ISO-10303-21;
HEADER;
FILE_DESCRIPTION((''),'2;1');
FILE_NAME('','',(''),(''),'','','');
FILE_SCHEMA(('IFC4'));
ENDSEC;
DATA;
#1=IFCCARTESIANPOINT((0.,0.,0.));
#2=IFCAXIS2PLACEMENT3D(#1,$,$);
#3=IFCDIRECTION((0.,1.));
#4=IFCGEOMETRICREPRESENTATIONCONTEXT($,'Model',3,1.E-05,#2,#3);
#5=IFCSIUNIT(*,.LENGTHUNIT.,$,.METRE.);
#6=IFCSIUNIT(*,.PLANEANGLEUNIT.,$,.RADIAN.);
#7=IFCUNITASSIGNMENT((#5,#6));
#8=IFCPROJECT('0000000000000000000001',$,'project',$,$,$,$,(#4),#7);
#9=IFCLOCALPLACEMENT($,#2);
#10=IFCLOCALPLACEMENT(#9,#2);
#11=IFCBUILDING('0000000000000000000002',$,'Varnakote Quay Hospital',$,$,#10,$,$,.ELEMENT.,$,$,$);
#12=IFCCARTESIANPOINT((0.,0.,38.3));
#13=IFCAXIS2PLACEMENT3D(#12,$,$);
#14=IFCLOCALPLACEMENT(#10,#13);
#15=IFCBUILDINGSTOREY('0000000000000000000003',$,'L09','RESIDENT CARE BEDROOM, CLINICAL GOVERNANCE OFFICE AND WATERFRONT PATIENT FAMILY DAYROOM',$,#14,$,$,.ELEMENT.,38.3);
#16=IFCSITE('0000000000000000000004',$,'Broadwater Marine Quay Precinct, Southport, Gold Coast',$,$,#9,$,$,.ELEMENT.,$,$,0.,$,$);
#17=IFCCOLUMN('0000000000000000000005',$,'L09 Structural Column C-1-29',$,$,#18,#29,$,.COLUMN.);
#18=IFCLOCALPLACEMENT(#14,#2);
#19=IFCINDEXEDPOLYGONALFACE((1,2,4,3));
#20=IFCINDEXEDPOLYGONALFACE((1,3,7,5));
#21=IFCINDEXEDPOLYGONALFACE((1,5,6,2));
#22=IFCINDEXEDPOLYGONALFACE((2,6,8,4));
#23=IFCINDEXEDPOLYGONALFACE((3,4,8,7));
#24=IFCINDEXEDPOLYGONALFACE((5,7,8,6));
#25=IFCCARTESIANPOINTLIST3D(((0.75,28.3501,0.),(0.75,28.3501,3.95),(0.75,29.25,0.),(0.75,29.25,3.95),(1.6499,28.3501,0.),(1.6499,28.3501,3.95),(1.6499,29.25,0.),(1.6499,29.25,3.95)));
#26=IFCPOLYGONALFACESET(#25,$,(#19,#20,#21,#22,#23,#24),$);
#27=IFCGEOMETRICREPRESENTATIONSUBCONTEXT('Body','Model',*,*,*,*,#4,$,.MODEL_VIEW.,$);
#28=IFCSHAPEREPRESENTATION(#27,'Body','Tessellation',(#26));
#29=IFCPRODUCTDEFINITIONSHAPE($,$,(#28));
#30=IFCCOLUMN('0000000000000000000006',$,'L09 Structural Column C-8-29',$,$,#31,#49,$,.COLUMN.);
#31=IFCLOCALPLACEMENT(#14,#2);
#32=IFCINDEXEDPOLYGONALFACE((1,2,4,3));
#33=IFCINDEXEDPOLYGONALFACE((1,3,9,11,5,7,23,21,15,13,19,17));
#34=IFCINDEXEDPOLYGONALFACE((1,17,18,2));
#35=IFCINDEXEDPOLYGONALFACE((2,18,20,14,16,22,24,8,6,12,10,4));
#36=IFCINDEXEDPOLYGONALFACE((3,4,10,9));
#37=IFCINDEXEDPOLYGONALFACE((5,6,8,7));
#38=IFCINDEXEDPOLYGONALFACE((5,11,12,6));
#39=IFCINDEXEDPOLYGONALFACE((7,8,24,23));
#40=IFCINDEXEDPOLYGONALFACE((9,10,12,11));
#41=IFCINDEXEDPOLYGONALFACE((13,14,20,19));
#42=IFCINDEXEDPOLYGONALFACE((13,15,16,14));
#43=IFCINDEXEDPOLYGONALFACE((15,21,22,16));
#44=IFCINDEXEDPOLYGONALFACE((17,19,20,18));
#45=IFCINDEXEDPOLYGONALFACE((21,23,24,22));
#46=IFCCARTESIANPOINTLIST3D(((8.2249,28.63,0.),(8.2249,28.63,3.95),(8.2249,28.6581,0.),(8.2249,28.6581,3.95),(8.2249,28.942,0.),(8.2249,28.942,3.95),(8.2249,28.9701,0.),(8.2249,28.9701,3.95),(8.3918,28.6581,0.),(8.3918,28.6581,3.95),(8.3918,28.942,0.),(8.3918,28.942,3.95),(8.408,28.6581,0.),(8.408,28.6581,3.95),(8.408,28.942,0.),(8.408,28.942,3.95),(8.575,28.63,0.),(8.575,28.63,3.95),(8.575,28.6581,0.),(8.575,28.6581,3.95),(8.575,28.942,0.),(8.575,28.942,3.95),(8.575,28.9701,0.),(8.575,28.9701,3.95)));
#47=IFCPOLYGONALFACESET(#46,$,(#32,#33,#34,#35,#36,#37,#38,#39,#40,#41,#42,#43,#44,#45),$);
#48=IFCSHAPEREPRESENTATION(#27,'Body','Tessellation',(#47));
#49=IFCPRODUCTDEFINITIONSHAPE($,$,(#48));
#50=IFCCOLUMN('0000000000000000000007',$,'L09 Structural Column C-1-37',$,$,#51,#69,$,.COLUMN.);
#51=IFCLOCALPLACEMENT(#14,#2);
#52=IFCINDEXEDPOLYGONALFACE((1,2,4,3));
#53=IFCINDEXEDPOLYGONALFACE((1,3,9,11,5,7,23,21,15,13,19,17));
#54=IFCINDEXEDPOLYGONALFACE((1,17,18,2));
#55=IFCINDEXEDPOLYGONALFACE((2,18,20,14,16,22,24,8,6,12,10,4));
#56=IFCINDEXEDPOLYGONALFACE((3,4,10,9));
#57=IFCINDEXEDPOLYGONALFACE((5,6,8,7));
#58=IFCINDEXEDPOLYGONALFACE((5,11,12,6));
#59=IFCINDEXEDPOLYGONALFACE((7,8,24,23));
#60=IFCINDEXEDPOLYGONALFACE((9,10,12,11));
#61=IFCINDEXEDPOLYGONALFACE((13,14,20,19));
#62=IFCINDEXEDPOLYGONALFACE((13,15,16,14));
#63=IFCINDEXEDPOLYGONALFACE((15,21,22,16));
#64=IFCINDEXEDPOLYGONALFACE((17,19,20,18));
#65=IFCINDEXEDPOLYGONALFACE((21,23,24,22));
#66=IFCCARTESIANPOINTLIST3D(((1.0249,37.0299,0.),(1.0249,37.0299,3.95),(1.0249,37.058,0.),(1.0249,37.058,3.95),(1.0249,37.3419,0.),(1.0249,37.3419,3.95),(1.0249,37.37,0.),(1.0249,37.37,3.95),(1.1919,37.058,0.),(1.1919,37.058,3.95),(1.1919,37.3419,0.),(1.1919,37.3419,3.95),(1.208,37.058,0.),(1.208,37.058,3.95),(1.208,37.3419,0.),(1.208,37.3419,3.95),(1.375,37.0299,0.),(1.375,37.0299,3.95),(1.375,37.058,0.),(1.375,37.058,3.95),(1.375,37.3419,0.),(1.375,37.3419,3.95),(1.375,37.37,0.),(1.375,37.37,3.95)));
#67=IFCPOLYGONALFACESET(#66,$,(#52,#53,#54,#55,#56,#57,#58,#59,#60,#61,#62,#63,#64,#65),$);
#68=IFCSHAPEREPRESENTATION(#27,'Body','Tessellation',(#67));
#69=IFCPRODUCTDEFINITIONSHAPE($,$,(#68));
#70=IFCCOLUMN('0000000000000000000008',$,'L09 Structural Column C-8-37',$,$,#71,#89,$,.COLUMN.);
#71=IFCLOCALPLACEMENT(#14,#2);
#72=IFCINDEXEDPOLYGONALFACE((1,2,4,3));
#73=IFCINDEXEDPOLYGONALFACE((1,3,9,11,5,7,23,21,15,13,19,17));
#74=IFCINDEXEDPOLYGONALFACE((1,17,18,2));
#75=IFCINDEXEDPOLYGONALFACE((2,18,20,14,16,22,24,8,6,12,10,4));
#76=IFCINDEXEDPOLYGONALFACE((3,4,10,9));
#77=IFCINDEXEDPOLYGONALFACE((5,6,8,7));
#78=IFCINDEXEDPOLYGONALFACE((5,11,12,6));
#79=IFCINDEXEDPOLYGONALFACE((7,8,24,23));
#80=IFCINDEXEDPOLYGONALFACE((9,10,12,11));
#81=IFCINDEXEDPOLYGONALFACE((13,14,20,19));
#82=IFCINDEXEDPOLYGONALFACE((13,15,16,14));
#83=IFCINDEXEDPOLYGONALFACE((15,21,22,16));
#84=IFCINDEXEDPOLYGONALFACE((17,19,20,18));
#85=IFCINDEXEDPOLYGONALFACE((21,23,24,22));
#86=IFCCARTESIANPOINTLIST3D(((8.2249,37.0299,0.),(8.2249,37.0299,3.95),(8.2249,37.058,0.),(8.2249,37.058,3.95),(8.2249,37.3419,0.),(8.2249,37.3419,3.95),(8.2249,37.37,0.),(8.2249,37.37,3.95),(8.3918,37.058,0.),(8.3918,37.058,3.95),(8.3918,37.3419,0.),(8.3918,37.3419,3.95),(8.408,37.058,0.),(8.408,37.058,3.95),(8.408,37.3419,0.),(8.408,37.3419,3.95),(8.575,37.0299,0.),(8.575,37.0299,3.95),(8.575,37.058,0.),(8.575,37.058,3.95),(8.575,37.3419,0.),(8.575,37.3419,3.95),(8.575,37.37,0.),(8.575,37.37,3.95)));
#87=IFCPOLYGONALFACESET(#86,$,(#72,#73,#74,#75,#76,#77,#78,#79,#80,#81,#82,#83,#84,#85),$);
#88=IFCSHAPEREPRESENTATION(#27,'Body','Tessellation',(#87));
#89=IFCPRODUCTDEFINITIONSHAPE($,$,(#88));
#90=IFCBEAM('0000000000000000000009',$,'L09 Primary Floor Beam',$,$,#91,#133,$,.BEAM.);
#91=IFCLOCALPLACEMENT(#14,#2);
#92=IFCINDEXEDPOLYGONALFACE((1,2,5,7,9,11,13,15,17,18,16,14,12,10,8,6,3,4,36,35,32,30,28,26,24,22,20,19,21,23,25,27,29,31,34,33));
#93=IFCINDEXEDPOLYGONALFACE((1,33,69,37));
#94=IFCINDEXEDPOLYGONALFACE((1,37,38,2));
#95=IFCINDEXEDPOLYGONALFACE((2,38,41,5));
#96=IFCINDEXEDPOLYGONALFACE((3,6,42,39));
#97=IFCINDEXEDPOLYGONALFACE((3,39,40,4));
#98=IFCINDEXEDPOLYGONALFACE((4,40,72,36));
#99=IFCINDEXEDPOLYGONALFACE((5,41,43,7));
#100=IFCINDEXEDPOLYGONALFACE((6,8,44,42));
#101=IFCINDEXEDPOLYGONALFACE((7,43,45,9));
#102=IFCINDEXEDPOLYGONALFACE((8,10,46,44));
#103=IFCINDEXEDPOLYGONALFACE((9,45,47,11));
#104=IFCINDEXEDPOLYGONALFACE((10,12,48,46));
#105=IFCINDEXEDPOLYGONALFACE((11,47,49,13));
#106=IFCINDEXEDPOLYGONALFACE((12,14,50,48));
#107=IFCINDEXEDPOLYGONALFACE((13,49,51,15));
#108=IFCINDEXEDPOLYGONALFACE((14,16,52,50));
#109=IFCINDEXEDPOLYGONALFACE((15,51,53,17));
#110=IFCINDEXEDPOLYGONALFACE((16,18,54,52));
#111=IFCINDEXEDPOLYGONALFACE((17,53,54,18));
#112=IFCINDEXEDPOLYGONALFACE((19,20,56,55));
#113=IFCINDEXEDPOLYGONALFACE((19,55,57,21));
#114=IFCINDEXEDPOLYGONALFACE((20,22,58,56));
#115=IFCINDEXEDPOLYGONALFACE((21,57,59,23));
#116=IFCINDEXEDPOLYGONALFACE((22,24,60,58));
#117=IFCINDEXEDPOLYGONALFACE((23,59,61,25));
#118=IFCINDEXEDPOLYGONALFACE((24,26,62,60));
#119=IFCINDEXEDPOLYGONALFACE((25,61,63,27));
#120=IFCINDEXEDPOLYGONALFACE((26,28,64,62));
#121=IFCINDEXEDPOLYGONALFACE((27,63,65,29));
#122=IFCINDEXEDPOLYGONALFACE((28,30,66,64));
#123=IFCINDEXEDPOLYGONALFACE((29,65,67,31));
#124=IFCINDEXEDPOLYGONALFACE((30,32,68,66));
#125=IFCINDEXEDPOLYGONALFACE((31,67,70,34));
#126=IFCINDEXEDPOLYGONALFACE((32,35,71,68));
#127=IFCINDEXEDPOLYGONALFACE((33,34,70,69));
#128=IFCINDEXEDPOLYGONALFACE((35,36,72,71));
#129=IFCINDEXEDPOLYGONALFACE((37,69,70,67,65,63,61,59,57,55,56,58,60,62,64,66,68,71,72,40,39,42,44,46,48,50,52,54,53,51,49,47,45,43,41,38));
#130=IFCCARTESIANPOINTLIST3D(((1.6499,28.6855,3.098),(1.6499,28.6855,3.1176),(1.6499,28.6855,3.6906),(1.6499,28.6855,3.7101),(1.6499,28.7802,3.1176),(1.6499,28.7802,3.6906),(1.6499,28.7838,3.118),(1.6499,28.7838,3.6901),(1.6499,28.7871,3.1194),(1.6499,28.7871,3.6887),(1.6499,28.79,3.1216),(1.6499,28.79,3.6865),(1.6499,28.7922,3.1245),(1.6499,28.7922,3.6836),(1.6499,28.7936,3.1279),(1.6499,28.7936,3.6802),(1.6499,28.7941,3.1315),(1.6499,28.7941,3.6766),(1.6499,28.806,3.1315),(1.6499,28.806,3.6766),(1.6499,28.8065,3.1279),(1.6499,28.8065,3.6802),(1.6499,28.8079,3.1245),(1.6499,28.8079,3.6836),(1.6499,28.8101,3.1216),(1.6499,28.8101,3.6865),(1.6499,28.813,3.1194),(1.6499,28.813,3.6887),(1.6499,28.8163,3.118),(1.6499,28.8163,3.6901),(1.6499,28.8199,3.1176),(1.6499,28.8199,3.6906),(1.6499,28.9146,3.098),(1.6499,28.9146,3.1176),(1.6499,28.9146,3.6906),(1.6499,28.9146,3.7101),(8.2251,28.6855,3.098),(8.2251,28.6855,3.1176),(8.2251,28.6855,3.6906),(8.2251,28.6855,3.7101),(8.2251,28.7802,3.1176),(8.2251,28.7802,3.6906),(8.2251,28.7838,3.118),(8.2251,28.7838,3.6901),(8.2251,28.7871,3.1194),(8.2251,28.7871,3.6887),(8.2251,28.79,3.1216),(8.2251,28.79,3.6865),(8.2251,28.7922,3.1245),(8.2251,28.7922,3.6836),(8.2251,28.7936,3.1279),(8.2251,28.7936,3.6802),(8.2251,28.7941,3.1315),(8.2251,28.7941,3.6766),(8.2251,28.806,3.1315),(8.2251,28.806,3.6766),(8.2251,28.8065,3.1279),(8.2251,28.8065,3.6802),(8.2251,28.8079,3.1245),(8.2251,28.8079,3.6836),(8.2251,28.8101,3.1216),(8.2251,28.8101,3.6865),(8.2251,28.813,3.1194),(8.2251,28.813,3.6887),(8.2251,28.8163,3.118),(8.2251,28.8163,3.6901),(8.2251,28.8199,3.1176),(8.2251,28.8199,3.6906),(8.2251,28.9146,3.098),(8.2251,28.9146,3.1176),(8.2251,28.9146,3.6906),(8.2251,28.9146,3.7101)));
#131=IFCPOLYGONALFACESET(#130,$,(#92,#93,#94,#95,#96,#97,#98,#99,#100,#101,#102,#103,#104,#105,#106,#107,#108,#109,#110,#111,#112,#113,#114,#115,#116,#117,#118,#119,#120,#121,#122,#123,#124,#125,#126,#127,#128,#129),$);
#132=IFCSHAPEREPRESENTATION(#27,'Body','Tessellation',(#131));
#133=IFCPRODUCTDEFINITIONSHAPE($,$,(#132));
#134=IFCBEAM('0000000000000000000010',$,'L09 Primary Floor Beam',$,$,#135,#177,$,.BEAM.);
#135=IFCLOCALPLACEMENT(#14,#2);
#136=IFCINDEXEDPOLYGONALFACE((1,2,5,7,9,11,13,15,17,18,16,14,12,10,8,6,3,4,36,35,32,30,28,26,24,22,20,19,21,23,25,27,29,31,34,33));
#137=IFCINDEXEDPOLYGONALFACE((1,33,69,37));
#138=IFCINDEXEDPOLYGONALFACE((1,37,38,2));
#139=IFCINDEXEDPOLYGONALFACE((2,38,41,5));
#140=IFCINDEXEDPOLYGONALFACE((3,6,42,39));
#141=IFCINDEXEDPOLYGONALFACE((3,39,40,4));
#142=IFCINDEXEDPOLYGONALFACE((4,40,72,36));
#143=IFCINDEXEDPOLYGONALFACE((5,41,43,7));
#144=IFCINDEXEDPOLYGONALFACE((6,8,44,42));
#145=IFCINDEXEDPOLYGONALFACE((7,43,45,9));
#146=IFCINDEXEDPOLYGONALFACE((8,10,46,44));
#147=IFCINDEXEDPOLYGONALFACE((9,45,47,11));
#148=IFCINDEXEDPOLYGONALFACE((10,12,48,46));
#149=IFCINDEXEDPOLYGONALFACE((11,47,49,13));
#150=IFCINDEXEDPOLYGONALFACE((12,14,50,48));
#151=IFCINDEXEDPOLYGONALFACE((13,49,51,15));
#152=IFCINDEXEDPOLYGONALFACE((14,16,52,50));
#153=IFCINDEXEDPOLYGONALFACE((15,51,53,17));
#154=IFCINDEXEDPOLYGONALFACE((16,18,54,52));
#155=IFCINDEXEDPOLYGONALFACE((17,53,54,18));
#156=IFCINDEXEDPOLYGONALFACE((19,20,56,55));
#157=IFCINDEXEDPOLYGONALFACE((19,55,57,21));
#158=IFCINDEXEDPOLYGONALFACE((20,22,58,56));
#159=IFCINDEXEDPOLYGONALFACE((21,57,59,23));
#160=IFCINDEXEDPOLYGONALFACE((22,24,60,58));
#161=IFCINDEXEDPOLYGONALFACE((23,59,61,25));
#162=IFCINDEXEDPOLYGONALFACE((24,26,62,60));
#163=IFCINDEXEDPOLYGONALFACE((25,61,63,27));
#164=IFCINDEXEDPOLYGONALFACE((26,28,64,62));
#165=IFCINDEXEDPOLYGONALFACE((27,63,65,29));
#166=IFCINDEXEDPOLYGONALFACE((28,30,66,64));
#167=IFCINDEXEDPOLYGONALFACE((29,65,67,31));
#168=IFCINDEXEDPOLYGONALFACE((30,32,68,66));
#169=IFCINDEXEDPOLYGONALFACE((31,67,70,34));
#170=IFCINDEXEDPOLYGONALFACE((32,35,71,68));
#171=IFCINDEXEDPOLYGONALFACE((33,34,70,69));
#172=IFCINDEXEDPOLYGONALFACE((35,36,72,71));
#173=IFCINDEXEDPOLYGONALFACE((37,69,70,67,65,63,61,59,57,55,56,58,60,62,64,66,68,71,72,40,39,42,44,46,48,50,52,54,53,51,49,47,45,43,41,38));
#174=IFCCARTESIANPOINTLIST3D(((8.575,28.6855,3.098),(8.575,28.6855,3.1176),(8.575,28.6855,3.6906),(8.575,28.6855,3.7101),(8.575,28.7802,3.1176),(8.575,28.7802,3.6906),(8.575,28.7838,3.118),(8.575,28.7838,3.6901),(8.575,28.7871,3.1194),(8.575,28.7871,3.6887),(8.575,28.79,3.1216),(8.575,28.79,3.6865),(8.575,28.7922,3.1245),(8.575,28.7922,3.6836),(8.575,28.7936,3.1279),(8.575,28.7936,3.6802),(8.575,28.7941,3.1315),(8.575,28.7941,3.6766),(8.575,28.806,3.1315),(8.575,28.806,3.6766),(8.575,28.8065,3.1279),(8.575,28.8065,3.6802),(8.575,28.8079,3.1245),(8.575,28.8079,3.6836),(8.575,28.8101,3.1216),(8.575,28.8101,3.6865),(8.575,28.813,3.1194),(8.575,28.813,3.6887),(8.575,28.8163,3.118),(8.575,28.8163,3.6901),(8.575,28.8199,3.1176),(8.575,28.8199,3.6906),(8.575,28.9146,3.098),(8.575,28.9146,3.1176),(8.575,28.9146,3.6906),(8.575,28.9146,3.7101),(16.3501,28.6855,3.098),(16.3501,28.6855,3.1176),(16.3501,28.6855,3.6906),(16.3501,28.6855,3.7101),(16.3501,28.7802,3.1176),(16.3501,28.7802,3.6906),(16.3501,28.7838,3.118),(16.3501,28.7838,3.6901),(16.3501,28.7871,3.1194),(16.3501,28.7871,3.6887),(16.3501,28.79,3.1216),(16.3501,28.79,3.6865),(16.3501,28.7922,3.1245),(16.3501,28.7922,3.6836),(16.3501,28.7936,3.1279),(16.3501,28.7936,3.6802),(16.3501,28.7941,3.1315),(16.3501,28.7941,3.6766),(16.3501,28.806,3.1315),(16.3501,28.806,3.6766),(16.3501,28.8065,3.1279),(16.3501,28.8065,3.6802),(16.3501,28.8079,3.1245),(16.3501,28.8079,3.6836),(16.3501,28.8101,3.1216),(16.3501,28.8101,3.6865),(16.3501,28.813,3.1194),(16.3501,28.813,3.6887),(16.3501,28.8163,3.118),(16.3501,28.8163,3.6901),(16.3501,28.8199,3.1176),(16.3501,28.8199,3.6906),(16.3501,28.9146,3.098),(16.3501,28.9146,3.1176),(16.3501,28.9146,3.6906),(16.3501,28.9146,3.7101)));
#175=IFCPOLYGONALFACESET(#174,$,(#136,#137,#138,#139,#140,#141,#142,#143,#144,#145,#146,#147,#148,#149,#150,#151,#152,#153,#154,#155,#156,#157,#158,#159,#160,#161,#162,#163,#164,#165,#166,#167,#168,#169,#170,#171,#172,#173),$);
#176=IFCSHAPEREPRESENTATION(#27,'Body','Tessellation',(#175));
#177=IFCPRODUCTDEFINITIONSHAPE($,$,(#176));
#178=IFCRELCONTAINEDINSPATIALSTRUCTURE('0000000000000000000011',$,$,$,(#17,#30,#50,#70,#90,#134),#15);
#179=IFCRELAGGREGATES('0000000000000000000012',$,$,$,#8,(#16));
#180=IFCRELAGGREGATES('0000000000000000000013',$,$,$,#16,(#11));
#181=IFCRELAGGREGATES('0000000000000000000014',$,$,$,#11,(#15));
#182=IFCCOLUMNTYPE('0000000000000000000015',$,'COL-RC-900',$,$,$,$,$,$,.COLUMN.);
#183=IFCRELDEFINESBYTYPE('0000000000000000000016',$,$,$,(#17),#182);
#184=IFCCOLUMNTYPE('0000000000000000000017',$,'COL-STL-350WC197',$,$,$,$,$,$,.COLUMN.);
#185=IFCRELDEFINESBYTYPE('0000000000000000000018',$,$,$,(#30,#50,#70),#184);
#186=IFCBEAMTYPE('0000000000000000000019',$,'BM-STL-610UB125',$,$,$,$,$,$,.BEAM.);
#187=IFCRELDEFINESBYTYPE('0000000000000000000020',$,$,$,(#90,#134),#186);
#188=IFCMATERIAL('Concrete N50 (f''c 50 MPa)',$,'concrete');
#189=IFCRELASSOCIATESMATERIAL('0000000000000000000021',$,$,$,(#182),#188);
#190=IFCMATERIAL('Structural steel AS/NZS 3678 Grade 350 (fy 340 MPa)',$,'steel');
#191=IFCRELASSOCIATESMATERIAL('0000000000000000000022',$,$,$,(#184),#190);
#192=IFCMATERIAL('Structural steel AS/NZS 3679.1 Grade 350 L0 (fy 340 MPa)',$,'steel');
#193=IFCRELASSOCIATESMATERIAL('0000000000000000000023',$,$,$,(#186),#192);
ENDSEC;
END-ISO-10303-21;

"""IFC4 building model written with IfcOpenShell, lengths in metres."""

from ifc_helpers import new_model, si_unit, direction, frame, origin, origin_2d, place, context, subcontext, project, spatial, rectangle, i_section, extrude, material, material_profile, profile_set, type_object, element, save


model = new_model("IFC4")

# Units and contexts
model_context = context("Model", 3, precision=1e-05, world=origin(), true_north=direction((0.0, 1.0)))
body_context = subcontext(model_context, "Body", "Model", "MODEL_VIEW")
ifc_project = project(units=[si_unit("LENGTHUNIT", "METRE"), si_unit("PLANEANGLEUNIT", "RADIAN")], contexts=[model_context])

# Site, building, storey
site_placement = place(None, origin())
site = spatial("IfcSite", under=ifc_project, at=site_placement, Name="Broadwater Marine Quay Precinct, Southport, Gold Coast", CompositionType="ELEMENT", RefElevation=0.0)
building_placement = place(site_placement, origin())
building = spatial("IfcBuilding", under=site, at=building_placement, Name="Varnakote Quay Hospital", CompositionType="ELEMENT")
storey_placement = place(building_placement, frame((0.0, 0.0, 38.3)))
storey = spatial("IfcBuildingStorey", under=building, at=storey_placement, Name="L09", Description="RESIDENT CARE BEDROOM, CLINICAL GOVERNANCE OFFICE AND WATERFRONT PATIENT FAMILY DAYROOM", CompositionType="ELEMENT", Elevation=38.3)

# Columns
ifc_material_1 = material(Name="Concrete N50 (f'c 50 MPa)", Category="concrete")
ifc_material_profile_1 = material_profile(ifc_material_1, rectangle(XDim=0.8999, YDim=0.8999, at=origin_2d()), Name="RC-COL-900x900")
ifc_profile_set_1 = profile_set([ifc_material_profile_1], Name="Concrete N50 (f'c 50 MPa)")
column_type_1 = type_object("IfcColumnType", Name="COL-RC-900", PredefinedType="COLUMN", material=ifc_profile_set_1)
column_placement = place(storey_placement, frame((1.2, 28.8, 0.0), z_axis=(0.0, 0.0, 1.0), x_axis=(1.0, 0.0, 0.0)))
element("IfcColumn", 1, at=column_placement, inside=storey, type_object=column_type_1, Name="L09 Structural Column C-1-29", PredefinedType="COLUMN", context=body_context, shape_type="SweptSolid", body=[
    extrude(rectangle(XDim=0.8999, YDim=0.8999, at=origin_2d()), origin(), (0.0, 0.0, 1.0), 3.95),
])
ifc_material_2 = material(Name="Structural steel AS/NZS 3678 Grade 350 (fy 340 MPa)", Category="steel")
ifc_material_profile_2 = material_profile(ifc_material_2, i_section(OverallWidth=0.3501, OverallDepth=0.3401, WebThickness=0.0161, FlangeThickness=0.0281, at=origin_2d()), Name="350WC197")
ifc_profile_set_2 = profile_set([ifc_material_profile_2], Name="Structural steel AS/NZS 3678 Grade 350 (fy 340 MPa)")
column_type_2 = type_object("IfcColumnType", Name="COL-STL-350WC197", PredefinedType="COLUMN", material=ifc_profile_set_2)
for number, where, z_axis, x_axis, name in (
    (2, (8.3999, 28.8, 0.0), (0.0, 0.0, 1.0), (1.0, 0.0, 0.0), "L09 Structural Column C-8-29"),
    (3, (1.2, 37.2, 0.0), (0.0, 0.0, 1.0), (1.0, 0.0, 0.0), "L09 Structural Column C-1-37"),
    (4, (8.3999, 37.2, 0.0), (0.0, 0.0, 1.0), (1.0, 0.0, 0.0), "L09 Structural Column C-8-37"),
):
    element("IfcColumn", number, at=place(storey_placement, frame(where, z_axis=z_axis, x_axis=x_axis)), inside=storey, type_object=column_type_2, Name=name, PredefinedType="COLUMN", context=body_context, shape_type="SweptSolid", body=[
        extrude(i_section(OverallWidth=0.3501, OverallDepth=0.3401, WebThickness=0.0161, FlangeThickness=0.0281, at=origin_2d()), origin(), (0.0, 0.0, 1.0), 3.95),
    ])

# Beams
ifc_material_3 = material(Name="Structural steel AS/NZS 3679.1 Grade 350 L0 (fy 340 MPa)", Category="steel")
ifc_material_profile_3 = material_profile(ifc_material_3, i_section(OverallWidth=0.229, OverallDepth=0.6121, WebThickness=0.012, FlangeThickness=0.0195, FilletRadius=0.0139, at=origin_2d()), Name="610UB125")
ifc_profile_set_3 = profile_set([ifc_material_profile_3], Name="Structural steel AS/NZS 3679.1 Grade 350 L0 (fy 340 MPa)")
beam_type_1 = type_object("IfcBeamType", Name="BM-STL-610UB125", PredefinedType="BEAM", material=ifc_profile_set_3)
beam_1_placement = place(storey_placement, frame((1.6499, 28.8, 3.4041), z_axis=(1.0, 0.0, 0.0), x_axis=(0.0, 1.0, 0.0)))
element("IfcBeam", 5, at=beam_1_placement, inside=storey, type_object=beam_type_1, Name="L09 Primary Floor Beam", PredefinedType="BEAM", context=body_context, shape_type="SweptSolid", body=[
    extrude(i_section(OverallWidth=0.229, OverallDepth=0.6121, WebThickness=0.012, FlangeThickness=0.0195, FilletRadius=0.0139, at=origin_2d()), origin(), (0.0, 0.0, 1.0), 6.5752),
])
beam_2_placement = place(storey_placement, frame((8.575, 28.8, 3.4041), z_axis=(1.0, 0.0, 0.0), x_axis=(0.0, 1.0, 0.0)))
element("IfcBeam", 6, at=beam_2_placement, inside=storey, type_object=beam_type_1, Name="L09 Primary Floor Beam", PredefinedType="BEAM", context=body_context, shape_type="SweptSolid", body=[
    extrude(i_section(OverallWidth=0.229, OverallDepth=0.6121, WebThickness=0.012, FlangeThickness=0.0195, FilletRadius=0.0139, at=origin_2d()), origin(), (0.0, 0.0, 1.0), 7.7751),
])

save(model, "model.ifc")
